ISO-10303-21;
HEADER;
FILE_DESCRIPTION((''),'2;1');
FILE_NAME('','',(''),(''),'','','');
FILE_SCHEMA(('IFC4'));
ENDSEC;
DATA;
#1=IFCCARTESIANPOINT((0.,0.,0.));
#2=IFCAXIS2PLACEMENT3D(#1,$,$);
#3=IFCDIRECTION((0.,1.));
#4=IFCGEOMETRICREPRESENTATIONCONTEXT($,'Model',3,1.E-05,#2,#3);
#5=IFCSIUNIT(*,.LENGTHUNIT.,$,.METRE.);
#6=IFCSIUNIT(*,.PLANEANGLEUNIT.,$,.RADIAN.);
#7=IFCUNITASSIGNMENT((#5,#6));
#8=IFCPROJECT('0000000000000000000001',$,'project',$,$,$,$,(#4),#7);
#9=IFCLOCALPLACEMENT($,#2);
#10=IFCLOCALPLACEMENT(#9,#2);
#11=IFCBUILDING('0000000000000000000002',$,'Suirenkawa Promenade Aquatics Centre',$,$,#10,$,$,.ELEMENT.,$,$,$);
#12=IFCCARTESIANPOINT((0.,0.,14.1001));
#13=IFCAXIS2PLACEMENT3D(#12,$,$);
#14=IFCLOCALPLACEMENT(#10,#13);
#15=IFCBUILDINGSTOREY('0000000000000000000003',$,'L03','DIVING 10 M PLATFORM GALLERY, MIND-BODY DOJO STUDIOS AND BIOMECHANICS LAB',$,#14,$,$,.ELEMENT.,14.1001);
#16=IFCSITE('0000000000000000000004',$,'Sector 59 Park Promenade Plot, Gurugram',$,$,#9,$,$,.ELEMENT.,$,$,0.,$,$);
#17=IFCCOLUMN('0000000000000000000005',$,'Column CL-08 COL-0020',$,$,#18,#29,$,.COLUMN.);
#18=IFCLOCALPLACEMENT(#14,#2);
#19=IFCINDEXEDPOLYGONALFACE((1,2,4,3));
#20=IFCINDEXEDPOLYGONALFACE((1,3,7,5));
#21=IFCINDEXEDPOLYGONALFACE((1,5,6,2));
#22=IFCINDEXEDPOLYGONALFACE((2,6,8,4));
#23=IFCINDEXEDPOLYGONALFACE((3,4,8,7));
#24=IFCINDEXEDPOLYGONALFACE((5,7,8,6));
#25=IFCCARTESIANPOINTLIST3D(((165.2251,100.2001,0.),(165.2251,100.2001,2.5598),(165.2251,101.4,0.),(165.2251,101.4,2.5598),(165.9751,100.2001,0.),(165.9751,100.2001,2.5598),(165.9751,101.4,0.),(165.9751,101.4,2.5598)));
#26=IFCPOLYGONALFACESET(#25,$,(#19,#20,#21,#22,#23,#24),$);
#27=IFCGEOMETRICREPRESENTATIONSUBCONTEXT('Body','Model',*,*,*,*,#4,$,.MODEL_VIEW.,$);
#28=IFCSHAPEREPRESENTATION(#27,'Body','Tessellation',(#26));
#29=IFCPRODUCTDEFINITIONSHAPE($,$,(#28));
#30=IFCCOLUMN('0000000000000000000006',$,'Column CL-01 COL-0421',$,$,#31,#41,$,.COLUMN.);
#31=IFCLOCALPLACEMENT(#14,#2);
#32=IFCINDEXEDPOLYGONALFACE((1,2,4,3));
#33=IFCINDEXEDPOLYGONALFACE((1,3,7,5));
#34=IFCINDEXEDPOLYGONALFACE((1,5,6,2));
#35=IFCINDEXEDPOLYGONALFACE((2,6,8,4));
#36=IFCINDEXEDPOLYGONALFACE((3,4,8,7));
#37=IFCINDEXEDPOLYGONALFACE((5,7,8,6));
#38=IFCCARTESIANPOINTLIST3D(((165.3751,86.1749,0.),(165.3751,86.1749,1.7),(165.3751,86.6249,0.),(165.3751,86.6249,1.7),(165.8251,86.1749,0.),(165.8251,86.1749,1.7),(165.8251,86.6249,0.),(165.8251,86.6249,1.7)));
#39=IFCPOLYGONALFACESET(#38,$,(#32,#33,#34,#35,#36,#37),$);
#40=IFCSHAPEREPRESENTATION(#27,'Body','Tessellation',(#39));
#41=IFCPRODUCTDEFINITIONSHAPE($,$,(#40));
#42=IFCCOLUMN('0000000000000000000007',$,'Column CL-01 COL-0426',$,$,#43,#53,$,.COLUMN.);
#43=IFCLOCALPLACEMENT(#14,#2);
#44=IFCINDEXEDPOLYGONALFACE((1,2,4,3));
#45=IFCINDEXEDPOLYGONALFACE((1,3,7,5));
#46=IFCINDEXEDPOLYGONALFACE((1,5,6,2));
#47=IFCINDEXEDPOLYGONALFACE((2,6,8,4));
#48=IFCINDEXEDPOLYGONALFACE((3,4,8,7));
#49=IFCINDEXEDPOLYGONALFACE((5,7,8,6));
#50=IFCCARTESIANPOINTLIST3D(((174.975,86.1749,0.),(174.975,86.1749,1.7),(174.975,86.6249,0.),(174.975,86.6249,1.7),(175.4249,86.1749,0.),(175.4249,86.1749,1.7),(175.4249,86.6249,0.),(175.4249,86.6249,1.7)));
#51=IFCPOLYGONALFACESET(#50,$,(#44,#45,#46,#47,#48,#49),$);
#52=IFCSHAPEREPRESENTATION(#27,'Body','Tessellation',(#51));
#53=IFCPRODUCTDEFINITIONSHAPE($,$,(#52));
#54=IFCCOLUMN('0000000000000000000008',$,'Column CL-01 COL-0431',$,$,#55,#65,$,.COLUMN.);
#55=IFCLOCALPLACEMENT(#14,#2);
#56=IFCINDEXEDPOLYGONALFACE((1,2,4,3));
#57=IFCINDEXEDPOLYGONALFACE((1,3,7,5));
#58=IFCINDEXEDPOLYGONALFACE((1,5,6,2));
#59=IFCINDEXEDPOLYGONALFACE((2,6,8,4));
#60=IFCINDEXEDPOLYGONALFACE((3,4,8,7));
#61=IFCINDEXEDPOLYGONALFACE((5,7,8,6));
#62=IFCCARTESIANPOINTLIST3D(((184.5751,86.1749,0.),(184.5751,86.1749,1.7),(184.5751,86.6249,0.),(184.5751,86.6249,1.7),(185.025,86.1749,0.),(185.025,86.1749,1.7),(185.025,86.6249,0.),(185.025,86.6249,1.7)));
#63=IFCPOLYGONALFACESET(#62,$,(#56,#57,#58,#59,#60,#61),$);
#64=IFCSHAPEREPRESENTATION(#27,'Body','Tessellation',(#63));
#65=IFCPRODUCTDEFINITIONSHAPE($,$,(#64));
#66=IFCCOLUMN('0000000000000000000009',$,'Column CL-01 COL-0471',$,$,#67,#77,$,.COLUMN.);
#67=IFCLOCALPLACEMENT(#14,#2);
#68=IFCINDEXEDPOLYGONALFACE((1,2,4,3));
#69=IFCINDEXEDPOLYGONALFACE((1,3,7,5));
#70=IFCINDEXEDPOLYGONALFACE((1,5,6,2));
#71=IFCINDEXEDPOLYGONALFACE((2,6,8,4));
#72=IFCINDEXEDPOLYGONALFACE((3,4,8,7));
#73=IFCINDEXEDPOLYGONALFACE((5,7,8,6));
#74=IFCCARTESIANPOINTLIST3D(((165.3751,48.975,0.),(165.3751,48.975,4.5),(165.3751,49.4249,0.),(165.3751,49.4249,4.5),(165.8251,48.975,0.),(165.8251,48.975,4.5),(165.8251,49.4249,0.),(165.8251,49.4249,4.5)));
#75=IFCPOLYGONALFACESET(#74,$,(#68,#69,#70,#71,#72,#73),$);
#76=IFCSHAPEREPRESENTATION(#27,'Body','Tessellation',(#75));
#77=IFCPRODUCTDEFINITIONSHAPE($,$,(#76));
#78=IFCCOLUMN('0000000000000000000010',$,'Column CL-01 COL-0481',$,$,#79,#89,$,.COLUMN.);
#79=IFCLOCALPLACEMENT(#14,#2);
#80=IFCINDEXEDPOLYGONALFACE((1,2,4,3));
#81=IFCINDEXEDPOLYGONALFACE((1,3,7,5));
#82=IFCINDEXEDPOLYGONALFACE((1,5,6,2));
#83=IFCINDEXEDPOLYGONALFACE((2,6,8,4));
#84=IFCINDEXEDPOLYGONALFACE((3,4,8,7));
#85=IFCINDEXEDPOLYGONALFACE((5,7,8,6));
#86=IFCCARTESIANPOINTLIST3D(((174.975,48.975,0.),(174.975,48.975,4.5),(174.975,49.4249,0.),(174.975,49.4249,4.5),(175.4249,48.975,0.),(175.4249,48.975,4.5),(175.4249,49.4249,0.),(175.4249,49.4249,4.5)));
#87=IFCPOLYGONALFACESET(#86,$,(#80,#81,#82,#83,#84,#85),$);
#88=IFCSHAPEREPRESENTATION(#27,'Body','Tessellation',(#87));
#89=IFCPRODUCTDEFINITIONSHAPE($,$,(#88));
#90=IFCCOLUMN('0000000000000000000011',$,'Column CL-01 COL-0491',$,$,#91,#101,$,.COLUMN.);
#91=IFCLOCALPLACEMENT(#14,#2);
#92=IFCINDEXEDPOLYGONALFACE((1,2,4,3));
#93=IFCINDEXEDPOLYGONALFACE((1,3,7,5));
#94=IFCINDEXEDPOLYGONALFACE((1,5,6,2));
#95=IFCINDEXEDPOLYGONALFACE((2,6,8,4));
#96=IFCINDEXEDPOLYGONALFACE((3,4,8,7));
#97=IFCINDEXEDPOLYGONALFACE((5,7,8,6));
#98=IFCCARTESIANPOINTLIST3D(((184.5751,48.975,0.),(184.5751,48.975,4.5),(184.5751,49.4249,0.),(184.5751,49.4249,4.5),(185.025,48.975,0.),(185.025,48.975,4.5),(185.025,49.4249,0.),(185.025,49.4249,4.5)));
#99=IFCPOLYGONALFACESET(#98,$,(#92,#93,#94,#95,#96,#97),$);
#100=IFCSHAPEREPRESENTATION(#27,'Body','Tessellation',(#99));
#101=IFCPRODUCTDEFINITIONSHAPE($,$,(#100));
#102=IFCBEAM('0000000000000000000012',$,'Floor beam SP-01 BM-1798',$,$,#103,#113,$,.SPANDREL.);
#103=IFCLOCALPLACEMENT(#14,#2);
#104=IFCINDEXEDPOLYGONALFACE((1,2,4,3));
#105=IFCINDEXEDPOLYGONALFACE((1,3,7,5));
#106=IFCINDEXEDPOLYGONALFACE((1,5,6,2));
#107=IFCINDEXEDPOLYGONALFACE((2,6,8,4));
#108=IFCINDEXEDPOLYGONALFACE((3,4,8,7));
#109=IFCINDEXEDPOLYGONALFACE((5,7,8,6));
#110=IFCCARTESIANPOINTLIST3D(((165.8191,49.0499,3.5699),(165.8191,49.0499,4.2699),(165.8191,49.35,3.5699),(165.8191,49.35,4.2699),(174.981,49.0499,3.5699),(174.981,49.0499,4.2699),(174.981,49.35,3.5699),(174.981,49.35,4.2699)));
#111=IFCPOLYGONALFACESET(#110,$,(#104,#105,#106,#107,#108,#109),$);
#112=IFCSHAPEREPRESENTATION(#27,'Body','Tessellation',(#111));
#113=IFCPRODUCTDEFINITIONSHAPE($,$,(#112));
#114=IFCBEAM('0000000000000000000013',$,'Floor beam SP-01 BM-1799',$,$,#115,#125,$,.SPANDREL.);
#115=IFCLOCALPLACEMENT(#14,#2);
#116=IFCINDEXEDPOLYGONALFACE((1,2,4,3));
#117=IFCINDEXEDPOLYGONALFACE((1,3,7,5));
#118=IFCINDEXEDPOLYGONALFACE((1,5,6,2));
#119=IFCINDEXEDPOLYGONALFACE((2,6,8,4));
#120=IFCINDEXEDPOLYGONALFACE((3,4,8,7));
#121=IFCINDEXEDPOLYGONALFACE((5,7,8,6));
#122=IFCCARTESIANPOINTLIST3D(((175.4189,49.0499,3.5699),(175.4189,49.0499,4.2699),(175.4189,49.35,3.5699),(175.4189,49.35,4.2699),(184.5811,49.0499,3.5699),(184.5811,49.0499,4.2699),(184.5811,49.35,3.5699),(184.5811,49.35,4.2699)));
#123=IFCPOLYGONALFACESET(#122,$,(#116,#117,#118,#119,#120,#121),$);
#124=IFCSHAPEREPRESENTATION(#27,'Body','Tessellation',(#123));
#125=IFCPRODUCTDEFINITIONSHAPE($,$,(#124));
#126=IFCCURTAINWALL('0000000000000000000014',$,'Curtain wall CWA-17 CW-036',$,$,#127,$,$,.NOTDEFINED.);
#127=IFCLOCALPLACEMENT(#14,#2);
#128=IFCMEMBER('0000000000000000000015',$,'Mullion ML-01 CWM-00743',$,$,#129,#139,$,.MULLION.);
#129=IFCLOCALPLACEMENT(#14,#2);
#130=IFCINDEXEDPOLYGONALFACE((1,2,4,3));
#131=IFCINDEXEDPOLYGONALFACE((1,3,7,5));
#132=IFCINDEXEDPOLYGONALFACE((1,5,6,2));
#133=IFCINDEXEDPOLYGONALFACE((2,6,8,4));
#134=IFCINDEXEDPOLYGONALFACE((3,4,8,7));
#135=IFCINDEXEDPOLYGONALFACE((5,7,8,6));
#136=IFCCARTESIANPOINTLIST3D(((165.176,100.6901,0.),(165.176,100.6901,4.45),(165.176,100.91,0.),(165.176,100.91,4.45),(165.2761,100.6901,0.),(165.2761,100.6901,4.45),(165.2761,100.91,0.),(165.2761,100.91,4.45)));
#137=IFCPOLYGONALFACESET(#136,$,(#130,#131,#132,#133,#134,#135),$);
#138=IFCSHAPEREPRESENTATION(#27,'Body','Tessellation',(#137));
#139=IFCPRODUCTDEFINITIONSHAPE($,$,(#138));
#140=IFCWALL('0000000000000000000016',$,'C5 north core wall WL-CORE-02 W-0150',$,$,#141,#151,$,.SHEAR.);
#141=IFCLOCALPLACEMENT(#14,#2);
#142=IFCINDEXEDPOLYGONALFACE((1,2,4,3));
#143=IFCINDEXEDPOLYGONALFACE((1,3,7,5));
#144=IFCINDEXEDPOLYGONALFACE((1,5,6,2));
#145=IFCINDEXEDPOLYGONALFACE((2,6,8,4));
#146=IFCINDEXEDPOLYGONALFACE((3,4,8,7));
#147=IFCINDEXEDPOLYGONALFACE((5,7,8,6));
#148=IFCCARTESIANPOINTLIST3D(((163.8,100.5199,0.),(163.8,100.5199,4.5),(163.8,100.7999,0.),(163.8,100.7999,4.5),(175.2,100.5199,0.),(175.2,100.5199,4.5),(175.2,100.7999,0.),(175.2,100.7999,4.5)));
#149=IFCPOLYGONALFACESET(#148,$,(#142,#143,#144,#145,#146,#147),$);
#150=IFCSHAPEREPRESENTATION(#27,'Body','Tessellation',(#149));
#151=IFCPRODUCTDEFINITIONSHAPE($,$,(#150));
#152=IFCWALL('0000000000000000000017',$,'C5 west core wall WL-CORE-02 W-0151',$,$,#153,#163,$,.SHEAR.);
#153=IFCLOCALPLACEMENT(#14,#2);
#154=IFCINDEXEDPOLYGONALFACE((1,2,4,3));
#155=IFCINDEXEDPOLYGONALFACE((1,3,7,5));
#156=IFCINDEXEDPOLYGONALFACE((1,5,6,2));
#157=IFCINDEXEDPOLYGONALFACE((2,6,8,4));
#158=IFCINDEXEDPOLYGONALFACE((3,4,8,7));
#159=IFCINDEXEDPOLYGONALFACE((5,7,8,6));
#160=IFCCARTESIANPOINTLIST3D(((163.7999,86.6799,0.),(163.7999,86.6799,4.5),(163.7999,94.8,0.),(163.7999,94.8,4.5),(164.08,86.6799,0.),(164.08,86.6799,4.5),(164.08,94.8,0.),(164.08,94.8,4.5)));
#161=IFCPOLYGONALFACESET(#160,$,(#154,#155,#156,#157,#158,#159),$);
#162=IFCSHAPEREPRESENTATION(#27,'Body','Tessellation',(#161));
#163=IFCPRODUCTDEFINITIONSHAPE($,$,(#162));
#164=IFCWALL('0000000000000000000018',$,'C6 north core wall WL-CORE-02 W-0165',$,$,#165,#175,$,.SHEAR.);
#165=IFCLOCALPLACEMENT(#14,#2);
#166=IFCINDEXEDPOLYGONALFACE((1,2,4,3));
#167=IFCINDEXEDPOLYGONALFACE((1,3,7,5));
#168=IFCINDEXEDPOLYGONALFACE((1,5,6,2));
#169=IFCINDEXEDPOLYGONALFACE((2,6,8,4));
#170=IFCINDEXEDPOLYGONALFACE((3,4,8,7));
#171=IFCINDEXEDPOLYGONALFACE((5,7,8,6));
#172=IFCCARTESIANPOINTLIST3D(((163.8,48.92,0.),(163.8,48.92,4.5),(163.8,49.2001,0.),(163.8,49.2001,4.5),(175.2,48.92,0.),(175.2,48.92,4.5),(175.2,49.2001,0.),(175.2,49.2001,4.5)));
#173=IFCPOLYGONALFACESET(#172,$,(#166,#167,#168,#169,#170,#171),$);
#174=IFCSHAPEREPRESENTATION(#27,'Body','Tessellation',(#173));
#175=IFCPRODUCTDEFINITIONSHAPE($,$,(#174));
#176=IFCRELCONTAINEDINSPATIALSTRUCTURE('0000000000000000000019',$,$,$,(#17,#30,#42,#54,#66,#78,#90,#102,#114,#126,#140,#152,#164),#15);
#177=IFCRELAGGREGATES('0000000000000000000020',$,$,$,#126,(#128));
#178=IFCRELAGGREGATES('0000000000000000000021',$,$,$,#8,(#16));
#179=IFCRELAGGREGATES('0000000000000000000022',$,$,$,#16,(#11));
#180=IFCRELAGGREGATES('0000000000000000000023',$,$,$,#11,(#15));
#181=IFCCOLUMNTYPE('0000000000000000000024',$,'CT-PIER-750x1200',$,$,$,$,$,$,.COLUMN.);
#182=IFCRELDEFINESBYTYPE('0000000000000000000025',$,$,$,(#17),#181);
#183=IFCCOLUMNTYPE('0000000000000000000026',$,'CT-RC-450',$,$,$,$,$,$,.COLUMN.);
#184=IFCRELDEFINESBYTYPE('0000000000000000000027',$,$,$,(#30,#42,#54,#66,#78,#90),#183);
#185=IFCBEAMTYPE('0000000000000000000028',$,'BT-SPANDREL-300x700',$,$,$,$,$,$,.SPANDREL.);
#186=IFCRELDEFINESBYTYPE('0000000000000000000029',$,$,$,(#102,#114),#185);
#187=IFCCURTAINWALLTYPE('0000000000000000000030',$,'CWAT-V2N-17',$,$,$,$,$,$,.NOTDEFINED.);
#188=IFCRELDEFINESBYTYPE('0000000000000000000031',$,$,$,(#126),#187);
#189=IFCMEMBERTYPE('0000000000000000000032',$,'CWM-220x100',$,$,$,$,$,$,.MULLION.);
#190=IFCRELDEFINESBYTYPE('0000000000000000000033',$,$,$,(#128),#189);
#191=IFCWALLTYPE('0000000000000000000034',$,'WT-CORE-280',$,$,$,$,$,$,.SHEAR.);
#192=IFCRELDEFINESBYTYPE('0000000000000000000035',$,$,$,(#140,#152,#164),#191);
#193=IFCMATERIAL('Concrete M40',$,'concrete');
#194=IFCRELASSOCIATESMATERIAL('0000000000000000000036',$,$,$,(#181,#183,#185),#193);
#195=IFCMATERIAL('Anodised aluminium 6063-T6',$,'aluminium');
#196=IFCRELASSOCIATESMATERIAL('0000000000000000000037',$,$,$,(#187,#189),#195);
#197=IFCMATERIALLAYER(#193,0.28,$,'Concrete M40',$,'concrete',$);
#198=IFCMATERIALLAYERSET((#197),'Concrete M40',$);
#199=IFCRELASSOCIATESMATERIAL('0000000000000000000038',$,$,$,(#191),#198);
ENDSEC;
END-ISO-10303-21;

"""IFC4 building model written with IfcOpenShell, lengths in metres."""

from ifc_helpers import new_model, si_unit, direction, frame, frame_2d, origin, origin_2d, place, context, subcontext, project, spatial, rectangle, extrude, material, layer, layer_set, material_profile, profile_set, type_object, element, aggregate, save


model = new_model("IFC4")

# Units and contexts
model_context = context("Model", 3, precision=1e-05, world=origin(), true_north=direction((0.0, 1.0)))
body_context = subcontext(model_context, "Body", "Model", "MODEL_VIEW")
ifc_project = project(units=[si_unit("LENGTHUNIT", "METRE"), si_unit("PLANEANGLEUNIT", "RADIAN")], contexts=[model_context])

# Site, building, storey
site_placement = place(None, origin())
site = spatial("IfcSite", under=ifc_project, at=site_placement, Name="Sector 59 Park Promenade Plot, Gurugram", CompositionType="ELEMENT", RefElevation=0.0)
building_placement = place(site_placement, origin())
building = spatial("IfcBuilding", under=site, at=building_placement, Name="Suirenkawa Promenade Aquatics Centre", CompositionType="ELEMENT")
storey_placement = place(building_placement, frame((0.0, 0.0, 14.1001)))
storey = spatial("IfcBuildingStorey", under=building, at=storey_placement, Name="L03", Description="DIVING 10 M PLATFORM GALLERY, MIND-BODY DOJO STUDIOS AND BIOMECHANICS LAB", CompositionType="ELEMENT", Elevation=14.1001)

# Columns
ifc_material_1 = material(Name="Concrete M40", Category="concrete")
ifc_material_profile_1 = material_profile(ifc_material_1, rectangle(XDim=0.75, YDim=1.2, at=origin_2d()), Name="RC PIER 750x1200", Category="concrete")
ifc_profile_set_1 = profile_set([ifc_material_profile_1], Name="Concrete M40")
column_type_1 = type_object("IfcColumnType", Name="CT-PIER-750x1200", PredefinedType="COLUMN", material=ifc_profile_set_1)
column_placement = place(storey_placement, frame((165.6001, 100.8, 0.0), z_axis=(0.0, 0.0, 1.0), x_axis=(1.0, 0.0, 0.0)))
element("IfcColumn", 1, at=column_placement, inside=storey, type_object=column_type_1, Name="Column CL-08 COL-0020", PredefinedType="COLUMN", context=body_context, shape_type="SweptSolid", body=[
    extrude(rectangle(XDim=0.75, YDim=1.2, at=origin_2d()), origin(), (0.0, 0.0, 1.0), 2.5598),
])
ifc_material_profile_2 = material_profile(ifc_material_1, rectangle(XDim=0.45, YDim=0.45, at=origin_2d()), Name="RC COL 450x450", Category="concrete")
ifc_profile_set_2 = profile_set([ifc_material_profile_2], Name="Concrete M40")
column_type_2 = type_object("IfcColumnType", Name="CT-RC-450", PredefinedType="COLUMN", material=ifc_profile_set_2)
for number, where, z_axis, x_axis, name in (
    (2, (165.6001, 86.3999, 0.0), (0.0, 0.0, 1.0), (1.0, 0.0, 0.0), "Column CL-01 COL-0421"),
    (3, (175.2, 86.3999, 0.0), (0.0, 0.0, 1.0), (1.0, 0.0, 0.0), "Column CL-01 COL-0426"),
    (4, (184.8, 86.3999, 0.0), (0.0, 0.0, 1.0), (1.0, 0.0, 0.0), "Column CL-01 COL-0431"),
):
    element("IfcColumn", number, at=place(storey_placement, frame(where, z_axis=z_axis, x_axis=x_axis)), inside=storey, type_object=column_type_2, Name=name, PredefinedType="COLUMN", context=body_context, shape_type="SweptSolid", body=[
        extrude(rectangle(XDim=0.45, YDim=0.45, at=origin_2d()), origin(), (0.0, 0.0, 1.0), 1.7),
    ])
for number, where, z_axis, x_axis, name in (
    (5, (165.6001, 49.2, 0.0), (0.0, 0.0, 1.0), (1.0, 0.0, 0.0), "Column CL-01 COL-0471"),
    (6, (175.2, 49.2, 0.0), (0.0, 0.0, 1.0), (1.0, 0.0, 0.0), "Column CL-01 COL-0481"),
    (7, (184.8, 49.2, 0.0), (0.0, 0.0, 1.0), (1.0, 0.0, 0.0), "Column CL-01 COL-0491"),
):
    element("IfcColumn", number, at=place(storey_placement, frame(where, z_axis=z_axis, x_axis=x_axis)), inside=storey, type_object=column_type_2, Name=name, PredefinedType="COLUMN", context=body_context, shape_type="SweptSolid", body=[
        extrude(rectangle(XDim=0.45, YDim=0.45, at=origin_2d()), origin(), (0.0, 0.0, 1.0), 4.5),
    ])

# Beams
ifc_material_profile_3 = material_profile(ifc_material_1, rectangle(XDim=0.3, YDim=0.7, at=origin_2d()), Name="RC SPANDREL 300x700", Category="concrete")
ifc_profile_set_3 = profile_set([ifc_material_profile_3], Name="Concrete M40")
beam_type = type_object("IfcBeamType", Name="BT-SPANDREL-300x700", PredefinedType="SPANDREL", material=ifc_profile_set_3)
beam_1_placement = place(storey_placement, frame((165.8191, 49.2, 3.9199), z_axis=(1.0, 0.0, 0.0), x_axis=(0.0, 1.0, 0.0)))
element("IfcBeam", 8, at=beam_1_placement, inside=storey, type_object=beam_type, Name="Floor beam SP-01 BM-1798", PredefinedType="SPANDREL", context=body_context, shape_type="SweptSolid", body=[
    extrude(rectangle(XDim=0.3, YDim=0.7, at=origin_2d()), origin(), (0.0, 0.0, 1.0), 9.1619),
])
beam_2_placement = place(storey_placement, frame((175.4189, 49.2, 3.9199), z_axis=(1.0, 0.0, 0.0), x_axis=(0.0, 1.0, 0.0)))
element("IfcBeam", 9, at=beam_2_placement, inside=storey, type_object=beam_type, Name="Floor beam SP-01 BM-1799", PredefinedType="SPANDREL", context=body_context, shape_type="SweptSolid", body=[
    extrude(rectangle(XDim=0.3, YDim=0.7, at=origin_2d()), origin(), (0.0, 0.0, 1.0), 9.1621),
])

# Curtain wall, member
ifc_material_2 = material(Name="Anodised aluminium 6063-T6", Category="aluminium")
curtain_wall_type = type_object("IfcCurtainWallType", Name="CWAT-V2N-17", PredefinedType="NOTDEFINED", material=ifc_material_2)
curtain_wall_placement = place(storey_placement, origin())
curtain_wall = element("IfcCurtainWall", 10, at=curtain_wall_placement, inside=storey, type_object=curtain_wall_type, Name="Curtain wall CWA-17 CW-036", PredefinedType="NOTDEFINED")
ifc_material_profile_4 = material_profile(ifc_material_2, rectangle(XDim=0.1001, YDim=0.22, at=origin_2d()), Name="ALU MULL 100x220", Category="aluminium")
ifc_profile_set_4 = profile_set([ifc_material_profile_4], Name="Anodised aluminium 6063-T6")
member_type = type_object("IfcMemberType", Name="CWM-220x100", PredefinedType="MULLION", material=ifc_profile_set_4)
member_placement = place(storey_placement, frame((165.2261, 100.8, 0.0), z_axis=(0.0, 0.0, 1.0), x_axis=(1.0, 0.0, 0.0)))
member = element("IfcMember", 11, at=member_placement, type_object=member_type, Name="Mullion ML-01 CWM-00743", PredefinedType="MULLION", context=body_context, shape_type="SweptSolid", body=[
    extrude(rectangle(XDim=0.1001, YDim=0.22, at=origin_2d()), origin(), (0.0, 0.0, 1.0), 4.45),
])
aggregate(curtain_wall, [member])

# Walls
ifc_layer_1 = layer(ifc_material_1, 0.28, Name="Concrete M40", Category="concrete")
ifc_layer_set_1 = layer_set([ifc_layer_1], Name="Concrete M40")
wall_type_1 = type_object("IfcWallType", Name="WT-CORE-280", PredefinedType="SHEAR", material=ifc_layer_set_1)
wall_1_placement = place(storey_placement, frame((163.8, 100.6599, 0.0), z_axis=(0.0, 0.0, 1.0), x_axis=(1.0, 0.0, 0.0)))
element("IfcWall", 12, at=wall_1_placement, inside=storey, type_object=wall_type_1, Name="C5 north core wall WL-CORE-02 W-0150", PredefinedType="SHEAR", context=body_context, shape_type="SweptSolid", body=[
    extrude(rectangle(XDim=11.3999, YDim=0.28, at=frame_2d((5.7, 0.0))), origin(), (0.0, 0.0, 1.0), 4.5),
])
wall_2_placement = place(storey_placement, frame((163.9399, 86.6799, 0.0), z_axis=(0.0, 0.0, 1.0), x_axis=(0.0, 1.0, 0.0)))
element("IfcWall", 13, at=wall_2_placement, inside=storey, type_object=wall_type_1, Name="C5 west core wall WL-CORE-02 W-0151", PredefinedType="SHEAR", context=body_context, shape_type="SweptSolid", body=[
    extrude(rectangle(XDim=8.1201, YDim=0.28, at=frame_2d((4.0601, 0.0))), origin(), (0.0, 0.0, 1.0), 4.5),
])
wall_3_placement = place(storey_placement, frame((163.8, 49.0601, 0.0), z_axis=(0.0, 0.0, 1.0), x_axis=(1.0, 0.0, 0.0)))
element("IfcWall", 14, at=wall_3_placement, inside=storey, type_object=wall_type_1, Name="C6 north core wall WL-CORE-02 W-0165", PredefinedType="SHEAR", context=body_context, shape_type="SweptSolid", body=[
    extrude(rectangle(XDim=11.3999, YDim=0.28, at=frame_2d((5.7, 0.0))), origin(), (0.0, 0.0, 1.0), 4.5),
])

save(model, "model.ifc")
